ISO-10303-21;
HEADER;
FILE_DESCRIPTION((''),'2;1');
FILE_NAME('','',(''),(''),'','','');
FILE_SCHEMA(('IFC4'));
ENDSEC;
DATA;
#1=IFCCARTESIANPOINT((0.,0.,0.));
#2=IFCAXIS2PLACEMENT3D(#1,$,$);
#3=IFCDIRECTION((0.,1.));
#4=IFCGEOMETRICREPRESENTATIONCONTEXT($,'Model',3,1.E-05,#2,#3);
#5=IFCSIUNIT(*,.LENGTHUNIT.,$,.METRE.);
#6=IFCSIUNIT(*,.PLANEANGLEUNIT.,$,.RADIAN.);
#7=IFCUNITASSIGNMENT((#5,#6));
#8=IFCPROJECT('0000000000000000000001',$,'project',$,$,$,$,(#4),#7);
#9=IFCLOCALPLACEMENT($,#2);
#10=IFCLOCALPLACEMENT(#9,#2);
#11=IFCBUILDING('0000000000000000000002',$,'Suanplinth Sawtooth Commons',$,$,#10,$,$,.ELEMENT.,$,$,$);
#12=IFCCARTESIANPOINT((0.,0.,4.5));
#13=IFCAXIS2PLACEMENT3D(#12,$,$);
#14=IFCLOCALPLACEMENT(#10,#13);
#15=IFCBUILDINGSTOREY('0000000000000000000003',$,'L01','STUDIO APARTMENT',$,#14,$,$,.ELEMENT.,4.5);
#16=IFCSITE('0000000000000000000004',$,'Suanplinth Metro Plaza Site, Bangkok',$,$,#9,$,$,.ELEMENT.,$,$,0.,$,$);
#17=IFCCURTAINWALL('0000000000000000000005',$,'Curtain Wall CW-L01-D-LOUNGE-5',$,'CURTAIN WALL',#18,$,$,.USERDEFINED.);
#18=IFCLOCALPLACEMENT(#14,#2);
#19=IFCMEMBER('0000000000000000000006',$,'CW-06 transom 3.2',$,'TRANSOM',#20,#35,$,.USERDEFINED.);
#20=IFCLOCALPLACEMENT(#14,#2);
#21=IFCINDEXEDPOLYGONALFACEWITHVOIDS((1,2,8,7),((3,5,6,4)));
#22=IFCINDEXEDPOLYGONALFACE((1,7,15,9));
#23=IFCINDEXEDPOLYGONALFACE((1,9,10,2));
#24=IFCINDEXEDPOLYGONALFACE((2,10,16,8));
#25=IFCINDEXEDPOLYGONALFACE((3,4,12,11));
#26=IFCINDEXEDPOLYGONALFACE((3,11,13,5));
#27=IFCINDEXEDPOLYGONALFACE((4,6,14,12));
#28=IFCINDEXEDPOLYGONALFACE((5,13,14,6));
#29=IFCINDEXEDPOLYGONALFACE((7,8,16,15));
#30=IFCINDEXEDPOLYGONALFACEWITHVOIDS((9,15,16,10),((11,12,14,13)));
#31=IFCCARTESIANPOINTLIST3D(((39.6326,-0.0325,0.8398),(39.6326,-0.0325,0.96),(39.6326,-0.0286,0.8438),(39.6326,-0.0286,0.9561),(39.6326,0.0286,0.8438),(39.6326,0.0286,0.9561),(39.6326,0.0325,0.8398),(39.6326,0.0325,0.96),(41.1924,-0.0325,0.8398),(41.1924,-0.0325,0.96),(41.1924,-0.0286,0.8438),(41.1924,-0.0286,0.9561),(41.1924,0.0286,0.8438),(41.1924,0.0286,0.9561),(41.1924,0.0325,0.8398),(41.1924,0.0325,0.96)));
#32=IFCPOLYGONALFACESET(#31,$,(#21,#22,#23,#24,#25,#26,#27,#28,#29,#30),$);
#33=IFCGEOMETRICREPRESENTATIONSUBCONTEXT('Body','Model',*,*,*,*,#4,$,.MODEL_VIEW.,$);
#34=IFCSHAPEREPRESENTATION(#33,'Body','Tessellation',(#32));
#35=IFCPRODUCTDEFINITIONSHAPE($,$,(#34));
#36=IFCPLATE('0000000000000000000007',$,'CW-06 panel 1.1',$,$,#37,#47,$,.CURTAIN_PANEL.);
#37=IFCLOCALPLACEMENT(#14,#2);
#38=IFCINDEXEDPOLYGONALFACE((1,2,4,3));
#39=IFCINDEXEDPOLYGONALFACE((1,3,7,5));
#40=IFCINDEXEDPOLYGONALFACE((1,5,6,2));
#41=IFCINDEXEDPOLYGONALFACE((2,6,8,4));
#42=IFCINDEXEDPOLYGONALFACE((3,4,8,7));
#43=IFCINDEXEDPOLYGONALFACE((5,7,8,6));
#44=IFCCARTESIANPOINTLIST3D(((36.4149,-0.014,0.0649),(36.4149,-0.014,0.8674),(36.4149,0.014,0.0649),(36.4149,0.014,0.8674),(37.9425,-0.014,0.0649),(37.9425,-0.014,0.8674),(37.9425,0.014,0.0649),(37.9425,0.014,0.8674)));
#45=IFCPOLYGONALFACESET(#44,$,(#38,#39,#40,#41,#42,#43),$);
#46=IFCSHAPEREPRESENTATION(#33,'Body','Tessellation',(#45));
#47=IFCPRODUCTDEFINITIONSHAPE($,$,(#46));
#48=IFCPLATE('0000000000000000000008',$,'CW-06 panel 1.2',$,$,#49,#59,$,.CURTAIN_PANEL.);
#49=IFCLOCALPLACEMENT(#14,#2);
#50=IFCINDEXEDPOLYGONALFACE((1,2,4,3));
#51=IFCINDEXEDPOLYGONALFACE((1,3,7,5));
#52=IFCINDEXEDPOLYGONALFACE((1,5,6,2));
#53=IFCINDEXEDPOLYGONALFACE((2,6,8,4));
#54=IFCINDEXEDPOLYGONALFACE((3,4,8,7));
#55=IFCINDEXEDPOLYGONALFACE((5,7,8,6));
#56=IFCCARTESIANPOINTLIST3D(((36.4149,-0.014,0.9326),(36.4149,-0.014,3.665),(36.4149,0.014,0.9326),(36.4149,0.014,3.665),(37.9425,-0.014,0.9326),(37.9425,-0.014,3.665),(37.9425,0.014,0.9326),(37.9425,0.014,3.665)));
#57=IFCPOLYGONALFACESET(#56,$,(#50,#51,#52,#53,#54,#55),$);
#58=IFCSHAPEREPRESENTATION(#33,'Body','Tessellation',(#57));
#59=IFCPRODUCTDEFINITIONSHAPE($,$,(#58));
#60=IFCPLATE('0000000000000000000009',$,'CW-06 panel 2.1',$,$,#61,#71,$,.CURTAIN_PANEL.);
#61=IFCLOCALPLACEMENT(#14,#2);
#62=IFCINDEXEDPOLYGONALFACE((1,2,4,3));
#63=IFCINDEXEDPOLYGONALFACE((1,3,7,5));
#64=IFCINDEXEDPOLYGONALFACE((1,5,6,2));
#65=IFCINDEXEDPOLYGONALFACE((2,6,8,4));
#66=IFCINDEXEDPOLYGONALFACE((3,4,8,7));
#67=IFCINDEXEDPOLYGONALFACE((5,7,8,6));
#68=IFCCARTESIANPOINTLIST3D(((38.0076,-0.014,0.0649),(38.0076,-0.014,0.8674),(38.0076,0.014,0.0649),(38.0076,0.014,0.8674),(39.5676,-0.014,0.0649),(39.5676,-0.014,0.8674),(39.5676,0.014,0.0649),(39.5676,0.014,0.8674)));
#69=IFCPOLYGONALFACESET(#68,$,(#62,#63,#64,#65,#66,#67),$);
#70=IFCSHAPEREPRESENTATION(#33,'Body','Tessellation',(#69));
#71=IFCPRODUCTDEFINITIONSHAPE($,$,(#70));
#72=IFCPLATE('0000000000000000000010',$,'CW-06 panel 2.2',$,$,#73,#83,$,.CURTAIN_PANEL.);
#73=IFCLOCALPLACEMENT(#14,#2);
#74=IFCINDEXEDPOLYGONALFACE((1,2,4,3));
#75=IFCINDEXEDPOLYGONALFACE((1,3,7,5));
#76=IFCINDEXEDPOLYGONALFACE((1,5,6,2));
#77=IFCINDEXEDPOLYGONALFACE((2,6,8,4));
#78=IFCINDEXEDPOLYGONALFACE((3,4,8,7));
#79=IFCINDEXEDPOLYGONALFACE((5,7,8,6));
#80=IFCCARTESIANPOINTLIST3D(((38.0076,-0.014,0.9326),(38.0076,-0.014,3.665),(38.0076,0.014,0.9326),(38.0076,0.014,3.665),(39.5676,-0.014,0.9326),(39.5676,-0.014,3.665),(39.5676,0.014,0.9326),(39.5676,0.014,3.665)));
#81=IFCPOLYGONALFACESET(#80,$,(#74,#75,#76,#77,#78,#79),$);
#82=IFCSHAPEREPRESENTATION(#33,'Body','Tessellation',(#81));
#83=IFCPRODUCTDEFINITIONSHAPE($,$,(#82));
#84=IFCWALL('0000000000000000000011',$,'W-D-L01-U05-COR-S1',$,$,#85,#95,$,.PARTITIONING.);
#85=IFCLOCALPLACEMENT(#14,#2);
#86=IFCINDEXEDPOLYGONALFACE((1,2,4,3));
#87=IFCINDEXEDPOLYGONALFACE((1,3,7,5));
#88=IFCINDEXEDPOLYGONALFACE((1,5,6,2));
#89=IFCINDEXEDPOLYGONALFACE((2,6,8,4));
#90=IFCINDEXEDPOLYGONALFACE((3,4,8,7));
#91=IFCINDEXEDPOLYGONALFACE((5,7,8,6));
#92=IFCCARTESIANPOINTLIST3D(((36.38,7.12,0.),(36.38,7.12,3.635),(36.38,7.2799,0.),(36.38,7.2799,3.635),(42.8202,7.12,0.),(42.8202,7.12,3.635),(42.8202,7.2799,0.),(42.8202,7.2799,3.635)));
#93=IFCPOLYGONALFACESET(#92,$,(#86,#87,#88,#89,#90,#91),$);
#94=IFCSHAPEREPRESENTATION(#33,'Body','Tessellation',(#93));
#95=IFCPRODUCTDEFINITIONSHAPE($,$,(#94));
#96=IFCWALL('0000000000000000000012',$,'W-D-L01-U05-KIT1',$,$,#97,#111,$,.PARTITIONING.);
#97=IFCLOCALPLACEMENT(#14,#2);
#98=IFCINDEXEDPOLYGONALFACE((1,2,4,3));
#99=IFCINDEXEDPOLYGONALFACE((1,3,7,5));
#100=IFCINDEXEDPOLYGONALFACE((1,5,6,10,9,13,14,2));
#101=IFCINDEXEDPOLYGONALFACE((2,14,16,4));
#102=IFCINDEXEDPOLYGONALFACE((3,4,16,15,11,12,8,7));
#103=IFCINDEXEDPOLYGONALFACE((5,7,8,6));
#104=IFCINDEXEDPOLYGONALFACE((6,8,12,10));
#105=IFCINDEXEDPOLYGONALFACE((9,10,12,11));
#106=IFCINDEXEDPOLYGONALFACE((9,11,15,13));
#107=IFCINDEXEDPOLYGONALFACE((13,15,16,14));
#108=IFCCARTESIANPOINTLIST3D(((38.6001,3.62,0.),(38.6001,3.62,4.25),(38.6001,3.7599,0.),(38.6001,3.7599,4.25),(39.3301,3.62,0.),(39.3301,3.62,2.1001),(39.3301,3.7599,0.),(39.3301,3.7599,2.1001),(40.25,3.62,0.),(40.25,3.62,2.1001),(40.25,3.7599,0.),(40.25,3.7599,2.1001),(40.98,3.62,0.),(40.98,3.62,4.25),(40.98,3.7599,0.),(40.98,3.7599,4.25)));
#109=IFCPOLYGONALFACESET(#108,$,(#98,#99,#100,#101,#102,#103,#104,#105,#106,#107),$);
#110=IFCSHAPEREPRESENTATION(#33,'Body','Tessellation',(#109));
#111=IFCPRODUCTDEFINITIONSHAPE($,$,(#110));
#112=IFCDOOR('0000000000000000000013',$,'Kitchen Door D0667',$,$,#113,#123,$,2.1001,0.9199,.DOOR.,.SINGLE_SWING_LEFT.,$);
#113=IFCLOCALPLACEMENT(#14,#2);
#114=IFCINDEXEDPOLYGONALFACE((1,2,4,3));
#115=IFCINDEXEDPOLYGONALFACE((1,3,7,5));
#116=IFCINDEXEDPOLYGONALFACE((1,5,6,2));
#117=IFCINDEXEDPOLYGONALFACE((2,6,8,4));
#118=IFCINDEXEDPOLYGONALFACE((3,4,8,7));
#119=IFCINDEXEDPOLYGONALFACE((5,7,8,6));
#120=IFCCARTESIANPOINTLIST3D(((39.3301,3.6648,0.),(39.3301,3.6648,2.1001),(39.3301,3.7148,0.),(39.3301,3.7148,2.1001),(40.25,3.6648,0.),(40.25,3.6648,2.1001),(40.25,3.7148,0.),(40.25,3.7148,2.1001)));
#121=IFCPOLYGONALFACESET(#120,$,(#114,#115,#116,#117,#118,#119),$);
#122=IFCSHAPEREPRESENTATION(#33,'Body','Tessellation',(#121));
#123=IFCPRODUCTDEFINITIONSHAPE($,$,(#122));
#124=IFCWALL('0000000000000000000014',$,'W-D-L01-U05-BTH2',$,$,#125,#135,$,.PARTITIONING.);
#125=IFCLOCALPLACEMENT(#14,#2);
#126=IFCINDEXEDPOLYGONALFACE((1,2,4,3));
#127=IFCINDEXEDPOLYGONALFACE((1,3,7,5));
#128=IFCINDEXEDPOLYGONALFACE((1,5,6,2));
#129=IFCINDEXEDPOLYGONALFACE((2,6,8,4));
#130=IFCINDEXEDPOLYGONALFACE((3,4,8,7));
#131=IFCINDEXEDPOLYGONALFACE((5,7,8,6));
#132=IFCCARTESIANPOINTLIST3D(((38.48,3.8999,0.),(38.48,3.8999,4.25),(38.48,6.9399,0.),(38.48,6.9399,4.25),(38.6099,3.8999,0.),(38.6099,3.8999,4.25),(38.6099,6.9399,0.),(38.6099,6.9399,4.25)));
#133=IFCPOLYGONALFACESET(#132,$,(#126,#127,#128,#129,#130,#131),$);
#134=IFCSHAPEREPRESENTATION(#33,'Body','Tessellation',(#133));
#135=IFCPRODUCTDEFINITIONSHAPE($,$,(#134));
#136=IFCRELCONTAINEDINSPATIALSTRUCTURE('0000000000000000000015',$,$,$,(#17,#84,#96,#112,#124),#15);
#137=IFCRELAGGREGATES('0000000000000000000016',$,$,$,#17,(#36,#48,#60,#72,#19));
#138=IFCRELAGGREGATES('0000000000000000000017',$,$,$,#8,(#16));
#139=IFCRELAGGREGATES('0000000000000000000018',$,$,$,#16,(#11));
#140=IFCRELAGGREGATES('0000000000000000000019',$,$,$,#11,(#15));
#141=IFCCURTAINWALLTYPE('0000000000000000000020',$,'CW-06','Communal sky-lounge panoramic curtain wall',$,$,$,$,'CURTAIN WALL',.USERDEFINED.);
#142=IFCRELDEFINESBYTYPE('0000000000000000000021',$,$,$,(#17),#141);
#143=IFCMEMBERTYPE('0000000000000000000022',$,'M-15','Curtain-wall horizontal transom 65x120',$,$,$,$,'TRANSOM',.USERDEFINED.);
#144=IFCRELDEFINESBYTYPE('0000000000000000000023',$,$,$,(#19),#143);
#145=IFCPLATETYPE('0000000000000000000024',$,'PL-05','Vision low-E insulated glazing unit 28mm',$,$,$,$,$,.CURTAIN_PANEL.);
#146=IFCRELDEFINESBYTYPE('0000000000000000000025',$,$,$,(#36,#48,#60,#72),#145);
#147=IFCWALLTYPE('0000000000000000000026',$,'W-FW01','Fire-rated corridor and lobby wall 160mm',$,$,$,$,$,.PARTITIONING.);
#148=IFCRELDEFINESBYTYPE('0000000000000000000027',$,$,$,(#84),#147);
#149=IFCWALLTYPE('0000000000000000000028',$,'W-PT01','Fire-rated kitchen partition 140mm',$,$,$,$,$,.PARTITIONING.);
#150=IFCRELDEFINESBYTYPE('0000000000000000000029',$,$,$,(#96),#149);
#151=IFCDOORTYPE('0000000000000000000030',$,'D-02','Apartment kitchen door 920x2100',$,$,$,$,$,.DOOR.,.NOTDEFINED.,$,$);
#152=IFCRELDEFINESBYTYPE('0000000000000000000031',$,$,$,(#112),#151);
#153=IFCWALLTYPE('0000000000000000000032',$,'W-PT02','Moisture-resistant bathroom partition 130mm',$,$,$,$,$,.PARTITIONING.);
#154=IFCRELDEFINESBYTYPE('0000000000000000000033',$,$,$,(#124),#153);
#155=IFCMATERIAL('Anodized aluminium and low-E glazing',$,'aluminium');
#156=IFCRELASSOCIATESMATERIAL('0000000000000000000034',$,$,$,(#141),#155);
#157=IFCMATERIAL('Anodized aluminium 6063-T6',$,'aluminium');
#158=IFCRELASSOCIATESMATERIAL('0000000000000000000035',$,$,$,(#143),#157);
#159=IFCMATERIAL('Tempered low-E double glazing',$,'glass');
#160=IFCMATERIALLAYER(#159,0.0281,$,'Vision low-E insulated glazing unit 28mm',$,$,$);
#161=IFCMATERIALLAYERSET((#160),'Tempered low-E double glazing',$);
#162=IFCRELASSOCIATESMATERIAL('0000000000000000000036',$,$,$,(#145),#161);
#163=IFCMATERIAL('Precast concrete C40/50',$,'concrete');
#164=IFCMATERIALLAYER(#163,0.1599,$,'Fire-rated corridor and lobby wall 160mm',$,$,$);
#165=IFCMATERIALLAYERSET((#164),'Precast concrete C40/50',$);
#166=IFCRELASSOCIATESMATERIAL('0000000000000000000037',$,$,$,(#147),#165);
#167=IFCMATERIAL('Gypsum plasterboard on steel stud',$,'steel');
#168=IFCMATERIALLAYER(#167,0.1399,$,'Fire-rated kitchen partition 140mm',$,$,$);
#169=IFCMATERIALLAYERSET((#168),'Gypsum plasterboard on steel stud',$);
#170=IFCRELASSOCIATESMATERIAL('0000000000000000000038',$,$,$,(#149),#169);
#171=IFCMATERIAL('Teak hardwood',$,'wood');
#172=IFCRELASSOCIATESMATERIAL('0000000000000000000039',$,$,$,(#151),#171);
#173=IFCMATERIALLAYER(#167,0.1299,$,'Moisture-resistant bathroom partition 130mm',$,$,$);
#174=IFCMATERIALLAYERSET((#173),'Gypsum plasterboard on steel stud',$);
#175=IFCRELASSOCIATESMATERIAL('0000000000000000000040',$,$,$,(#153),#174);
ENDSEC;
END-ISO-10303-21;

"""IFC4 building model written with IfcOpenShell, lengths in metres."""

from ifc_helpers import new_model, si_unit, direction, frame, frame_2d, origin, origin_2d, place, context, subcontext, project, spatial, rectangle, hollow_rectangle, extrude, material, layer, layer_set, material_profile, profile_set, type_object, element, fill, aggregate, save


model = new_model("IFC4")

# Units and contexts
model_context = context("Model", 3, precision=1e-05, world=origin(), true_north=direction((0.0, 1.0)))
body_context = subcontext(model_context, "Body", "Model", "MODEL_VIEW")
ifc_project = project(units=[si_unit("LENGTHUNIT", "METRE"), si_unit("PLANEANGLEUNIT", "RADIAN")], contexts=[model_context])

# Site, building, storey
site_placement = place(None, origin())
site = spatial("IfcSite", under=ifc_project, at=site_placement, Name="Suanplinth Metro Plaza Site, Bangkok", CompositionType="ELEMENT", RefElevation=0.0)
building_placement = place(site_placement, origin())
building = spatial("IfcBuilding", under=site, at=building_placement, Name="Suanplinth Sawtooth Commons", CompositionType="ELEMENT")
storey_placement = place(building_placement, frame((0.0, 0.0, 4.5)))
storey = spatial("IfcBuildingStorey", under=building, at=storey_placement, Name="L01", Description="STUDIO APARTMENT", CompositionType="ELEMENT", Elevation=4.5)

# Curtain wall, member, plates
ifc_material_1 = material(Name="Anodized aluminium and low-E glazing", Category="aluminium")
curtain_wall_type = type_object("IfcCurtainWallType", Name="CW-06", Description="Communal sky-lounge panoramic curtain wall", ElementType="CURTAIN WALL", PredefinedType="USERDEFINED", material=ifc_material_1)
curtain_wall_placement = place(storey_placement, origin())
curtain_wall = element("IfcCurtainWall", 1, at=curtain_wall_placement, inside=storey, type_object=curtain_wall_type, Name="Curtain Wall CW-L01-D-LOUNGE-5", ObjectType="CURTAIN WALL", PredefinedType="USERDEFINED")
ifc_material_2 = material(Name="Anodized aluminium 6063-T6", Category="aluminium")
ifc_material_profile_1 = material_profile(ifc_material_2, hollow_rectangle(XDim=0.0649, YDim=0.1201, WallThickness=0.0039, at=origin_2d()), Name="ALU-TRN 65x120")
ifc_profile_set_1 = profile_set([ifc_material_profile_1], Name="Anodized aluminium 6063-T6")
member_type_1 = type_object("IfcMemberType", Name="M-15", Description="Curtain-wall horizontal transom 65x120", ElementType="TRANSOM", PredefinedType="USERDEFINED", material=ifc_profile_set_1)
member_1_placement = place(storey_placement, frame((39.6326, 0.0, 0.8999), z_axis=(1.0, 0.0, 0.0), x_axis=(0.0, 1.0, 0.0)))
member_1 = element("IfcMember", 2, at=member_1_placement, type_object=member_type_1, Name="CW-06 transom 3.2", ObjectType="TRANSOM", PredefinedType="USERDEFINED", context=body_context, shape_type="SweptSolid", body=[
    extrude(hollow_rectangle(XDim=0.0649, YDim=0.1201, WallThickness=0.0039, at=origin_2d()), origin(), (0.0, 0.0, 1.0), 1.5598),
])
ifc_material_3 = material(Name="Tempered low-E double glazing", Category="glass")
ifc_layer_1 = layer(ifc_material_3, 0.0281, Name="Vision low-E insulated glazing unit 28mm")
ifc_layer_set_1 = layer_set([ifc_layer_1], Name="Tempered low-E double glazing")
plate_type = type_object("IfcPlateType", Name="PL-05", Description="Vision low-E insulated glazing unit 28mm", PredefinedType="CURTAIN_PANEL", material=ifc_layer_set_1)
plate_1_placement = place(storey_placement, frame((37.1787, 0.0, 0.0649), z_axis=(0.0, 0.0, 1.0), x_axis=(1.0, 0.0, 0.0)))
plate_1 = element("IfcPlate", 3, at=plate_1_placement, type_object=plate_type, Name="CW-06 panel 1.1", PredefinedType="CURTAIN_PANEL", context=body_context, shape_type="SweptSolid", body=[
    extrude(rectangle(XDim=1.5276, YDim=0.0281, at=origin_2d()), origin(), (0.0, 0.0, 1.0), 0.8025),
])
plate_2_placement = place(storey_placement, frame((37.1787, 0.0, 0.9326), z_axis=(0.0, 0.0, 1.0), x_axis=(1.0, 0.0, 0.0)))
plate_2 = element("IfcPlate", 4, at=plate_2_placement, type_object=plate_type, Name="CW-06 panel 1.2", PredefinedType="CURTAIN_PANEL", context=body_context, shape_type="SweptSolid", body=[
    extrude(rectangle(XDim=1.5276, YDim=0.0281, at=origin_2d()), origin(), (0.0, 0.0, 1.0), 2.7324),
])
plate_3_placement = place(storey_placement, frame((38.7876, 0.0, 0.0649), z_axis=(0.0, 0.0, 1.0), x_axis=(1.0, 0.0, 0.0)))
plate_3 = element("IfcPlate", 5, at=plate_3_placement, type_object=plate_type, Name="CW-06 panel 2.1", PredefinedType="CURTAIN_PANEL", context=body_context, shape_type="SweptSolid", body=[
    extrude(rectangle(XDim=1.5601, YDim=0.0281, at=origin_2d()), origin(), (0.0, 0.0, 1.0), 0.8025),
])
plate_4_placement = place(storey_placement, frame((38.7876, 0.0, 0.9326), z_axis=(0.0, 0.0, 1.0), x_axis=(1.0, 0.0, 0.0)))
plate_4 = element("IfcPlate", 6, at=plate_4_placement, type_object=plate_type, Name="CW-06 panel 2.2", PredefinedType="CURTAIN_PANEL", context=body_context, shape_type="SweptSolid", body=[
    extrude(rectangle(XDim=1.5601, YDim=0.0281, at=origin_2d()), origin(), (0.0, 0.0, 1.0), 2.7324),
])
aggregate(curtain_wall, [plate_1, plate_2, plate_3, plate_4, member_1])

# Wall
ifc_material_4 = material(Name="Precast concrete C40/50", Category="concrete")
ifc_layer_2 = layer(ifc_material_4, 0.1599, Name="Fire-rated corridor and lobby wall 160mm")
ifc_layer_set_2 = layer_set([ifc_layer_2], Name="Precast concrete C40/50")
wall_type_1 = type_object("IfcWallType", Name="W-FW01", Description="Fire-rated corridor and lobby wall 160mm", PredefinedType="PARTITIONING", material=ifc_layer_set_2)
wall_1_placement = place(storey_placement, frame((36.3799, 7.2, 0.0), z_axis=(0.0, 0.0, 1.0), x_axis=(1.0, 0.0, 0.0)))
element("IfcWall", 7, at=wall_1_placement, inside=storey, type_object=wall_type_1, Name="W-D-L01-U05-COR-S1", PredefinedType="PARTITIONING", context=body_context, shape_type="SweptSolid", body=[
    extrude(rectangle(XDim=6.4402, YDim=0.1599, at=frame_2d((3.2202, 0.0))), origin(), (0.0, 0.0, 1.0), 3.635),
])

# Wall, opening, door
ifc_material_5 = material(Name="Gypsum plasterboard on steel stud", Category="steel")
ifc_layer_3 = layer(ifc_material_5, 0.1399, Name="Fire-rated kitchen partition 140mm")
ifc_layer_set_3 = layer_set([ifc_layer_3], Name="Gypsum plasterboard on steel stud")
wall_type_2 = type_object("IfcWallType", Name="W-PT01", Description="Fire-rated kitchen partition 140mm", PredefinedType="PARTITIONING", material=ifc_layer_set_3)
wall_2_placement = place(storey_placement, frame((38.6001, 3.6899, 0.0), z_axis=(0.0, 0.0, 1.0), x_axis=(1.0, 0.0, 0.0)))
wall_2 = element("IfcWall", 8, at=wall_2_placement, inside=storey, type_object=wall_type_2, Name="W-D-L01-U05-KIT1", PredefinedType="PARTITIONING", context=body_context, shape_type="SweptSolid", body=[
    extrude(rectangle(XDim=2.3799, YDim=0.1399, at=frame_2d((1.1899, 0.0))), origin(), (0.0, 0.0, 1.0), 4.25),
])
opening_placement = place(wall_2_placement, frame((0.73, 0.0, 0.0)))
opening = element("IfcOpeningElement", 9, at=opening_placement, cuts=wall_2, PredefinedType="OPENING", context=body_context, shape_type="SweptSolid", body=[
    extrude(rectangle(XDim=0.9199, YDim=2.1001, at=frame_2d((0.46, 1.05))), frame((0.0, 0.085, 0.0), z_axis=(0.0, -1.0, 0.0), x_axis=(1.0, 0.0, 0.0)), (0.0, 0.0, 1.0), 0.1697),
])
ifc_material_6 = material(Name="Teak hardwood", Category="wood")
door_type = type_object("IfcDoorType", Name="D-02", Description="Apartment kitchen door 920x2100", OperationType="NOTDEFINED", PredefinedType="DOOR", material=ifc_material_6)
door_placement = place(opening_placement, origin())
door = element("IfcDoor", 10, at=door_placement, inside=storey, type_object=door_type, Name="Kitchen Door D0667", OperationType="SINGLE_SWING_LEFT", OverallHeight=2.1001, OverallWidth=0.9199, PredefinedType="DOOR", context=body_context, shape_type="SweptSolid", body=[
    extrude(rectangle(XDim=0.9199, YDim=2.1001, at=frame_2d((0.46, 1.05))), frame((0.0, 0.0249, 0.0), z_axis=(0.0, -1.0, 0.0), x_axis=(1.0, 0.0, 0.0)), (0.0, 0.0, 1.0), 0.05),
])
fill(opening, door)

# Wall
ifc_layer_4 = layer(ifc_material_5, 0.1299, Name="Moisture-resistant bathroom partition 130mm")
ifc_layer_set_4 = layer_set([ifc_layer_4], Name="Gypsum plasterboard on steel stud")
wall_type_3 = type_object("IfcWallType", Name="W-PT02", Description="Moisture-resistant bathroom partition 130mm", PredefinedType="PARTITIONING", material=ifc_layer_set_4)
wall_3_placement = place(storey_placement, frame((38.5449, 3.8999, 0.0), z_axis=(0.0, 0.0, 1.0), x_axis=(0.0, 1.0, 0.0)))
element("IfcWall", 11, at=wall_3_placement, inside=storey, type_object=wall_type_3, Name="W-D-L01-U05-BTH2", PredefinedType="PARTITIONING", context=body_context, shape_type="SweptSolid", body=[
    extrude(rectangle(XDim=3.04, YDim=0.1299, at=frame_2d((1.52, 0.0))), origin(), (0.0, 0.0, 1.0), 4.25),
])

save(model, "model.ifc")
